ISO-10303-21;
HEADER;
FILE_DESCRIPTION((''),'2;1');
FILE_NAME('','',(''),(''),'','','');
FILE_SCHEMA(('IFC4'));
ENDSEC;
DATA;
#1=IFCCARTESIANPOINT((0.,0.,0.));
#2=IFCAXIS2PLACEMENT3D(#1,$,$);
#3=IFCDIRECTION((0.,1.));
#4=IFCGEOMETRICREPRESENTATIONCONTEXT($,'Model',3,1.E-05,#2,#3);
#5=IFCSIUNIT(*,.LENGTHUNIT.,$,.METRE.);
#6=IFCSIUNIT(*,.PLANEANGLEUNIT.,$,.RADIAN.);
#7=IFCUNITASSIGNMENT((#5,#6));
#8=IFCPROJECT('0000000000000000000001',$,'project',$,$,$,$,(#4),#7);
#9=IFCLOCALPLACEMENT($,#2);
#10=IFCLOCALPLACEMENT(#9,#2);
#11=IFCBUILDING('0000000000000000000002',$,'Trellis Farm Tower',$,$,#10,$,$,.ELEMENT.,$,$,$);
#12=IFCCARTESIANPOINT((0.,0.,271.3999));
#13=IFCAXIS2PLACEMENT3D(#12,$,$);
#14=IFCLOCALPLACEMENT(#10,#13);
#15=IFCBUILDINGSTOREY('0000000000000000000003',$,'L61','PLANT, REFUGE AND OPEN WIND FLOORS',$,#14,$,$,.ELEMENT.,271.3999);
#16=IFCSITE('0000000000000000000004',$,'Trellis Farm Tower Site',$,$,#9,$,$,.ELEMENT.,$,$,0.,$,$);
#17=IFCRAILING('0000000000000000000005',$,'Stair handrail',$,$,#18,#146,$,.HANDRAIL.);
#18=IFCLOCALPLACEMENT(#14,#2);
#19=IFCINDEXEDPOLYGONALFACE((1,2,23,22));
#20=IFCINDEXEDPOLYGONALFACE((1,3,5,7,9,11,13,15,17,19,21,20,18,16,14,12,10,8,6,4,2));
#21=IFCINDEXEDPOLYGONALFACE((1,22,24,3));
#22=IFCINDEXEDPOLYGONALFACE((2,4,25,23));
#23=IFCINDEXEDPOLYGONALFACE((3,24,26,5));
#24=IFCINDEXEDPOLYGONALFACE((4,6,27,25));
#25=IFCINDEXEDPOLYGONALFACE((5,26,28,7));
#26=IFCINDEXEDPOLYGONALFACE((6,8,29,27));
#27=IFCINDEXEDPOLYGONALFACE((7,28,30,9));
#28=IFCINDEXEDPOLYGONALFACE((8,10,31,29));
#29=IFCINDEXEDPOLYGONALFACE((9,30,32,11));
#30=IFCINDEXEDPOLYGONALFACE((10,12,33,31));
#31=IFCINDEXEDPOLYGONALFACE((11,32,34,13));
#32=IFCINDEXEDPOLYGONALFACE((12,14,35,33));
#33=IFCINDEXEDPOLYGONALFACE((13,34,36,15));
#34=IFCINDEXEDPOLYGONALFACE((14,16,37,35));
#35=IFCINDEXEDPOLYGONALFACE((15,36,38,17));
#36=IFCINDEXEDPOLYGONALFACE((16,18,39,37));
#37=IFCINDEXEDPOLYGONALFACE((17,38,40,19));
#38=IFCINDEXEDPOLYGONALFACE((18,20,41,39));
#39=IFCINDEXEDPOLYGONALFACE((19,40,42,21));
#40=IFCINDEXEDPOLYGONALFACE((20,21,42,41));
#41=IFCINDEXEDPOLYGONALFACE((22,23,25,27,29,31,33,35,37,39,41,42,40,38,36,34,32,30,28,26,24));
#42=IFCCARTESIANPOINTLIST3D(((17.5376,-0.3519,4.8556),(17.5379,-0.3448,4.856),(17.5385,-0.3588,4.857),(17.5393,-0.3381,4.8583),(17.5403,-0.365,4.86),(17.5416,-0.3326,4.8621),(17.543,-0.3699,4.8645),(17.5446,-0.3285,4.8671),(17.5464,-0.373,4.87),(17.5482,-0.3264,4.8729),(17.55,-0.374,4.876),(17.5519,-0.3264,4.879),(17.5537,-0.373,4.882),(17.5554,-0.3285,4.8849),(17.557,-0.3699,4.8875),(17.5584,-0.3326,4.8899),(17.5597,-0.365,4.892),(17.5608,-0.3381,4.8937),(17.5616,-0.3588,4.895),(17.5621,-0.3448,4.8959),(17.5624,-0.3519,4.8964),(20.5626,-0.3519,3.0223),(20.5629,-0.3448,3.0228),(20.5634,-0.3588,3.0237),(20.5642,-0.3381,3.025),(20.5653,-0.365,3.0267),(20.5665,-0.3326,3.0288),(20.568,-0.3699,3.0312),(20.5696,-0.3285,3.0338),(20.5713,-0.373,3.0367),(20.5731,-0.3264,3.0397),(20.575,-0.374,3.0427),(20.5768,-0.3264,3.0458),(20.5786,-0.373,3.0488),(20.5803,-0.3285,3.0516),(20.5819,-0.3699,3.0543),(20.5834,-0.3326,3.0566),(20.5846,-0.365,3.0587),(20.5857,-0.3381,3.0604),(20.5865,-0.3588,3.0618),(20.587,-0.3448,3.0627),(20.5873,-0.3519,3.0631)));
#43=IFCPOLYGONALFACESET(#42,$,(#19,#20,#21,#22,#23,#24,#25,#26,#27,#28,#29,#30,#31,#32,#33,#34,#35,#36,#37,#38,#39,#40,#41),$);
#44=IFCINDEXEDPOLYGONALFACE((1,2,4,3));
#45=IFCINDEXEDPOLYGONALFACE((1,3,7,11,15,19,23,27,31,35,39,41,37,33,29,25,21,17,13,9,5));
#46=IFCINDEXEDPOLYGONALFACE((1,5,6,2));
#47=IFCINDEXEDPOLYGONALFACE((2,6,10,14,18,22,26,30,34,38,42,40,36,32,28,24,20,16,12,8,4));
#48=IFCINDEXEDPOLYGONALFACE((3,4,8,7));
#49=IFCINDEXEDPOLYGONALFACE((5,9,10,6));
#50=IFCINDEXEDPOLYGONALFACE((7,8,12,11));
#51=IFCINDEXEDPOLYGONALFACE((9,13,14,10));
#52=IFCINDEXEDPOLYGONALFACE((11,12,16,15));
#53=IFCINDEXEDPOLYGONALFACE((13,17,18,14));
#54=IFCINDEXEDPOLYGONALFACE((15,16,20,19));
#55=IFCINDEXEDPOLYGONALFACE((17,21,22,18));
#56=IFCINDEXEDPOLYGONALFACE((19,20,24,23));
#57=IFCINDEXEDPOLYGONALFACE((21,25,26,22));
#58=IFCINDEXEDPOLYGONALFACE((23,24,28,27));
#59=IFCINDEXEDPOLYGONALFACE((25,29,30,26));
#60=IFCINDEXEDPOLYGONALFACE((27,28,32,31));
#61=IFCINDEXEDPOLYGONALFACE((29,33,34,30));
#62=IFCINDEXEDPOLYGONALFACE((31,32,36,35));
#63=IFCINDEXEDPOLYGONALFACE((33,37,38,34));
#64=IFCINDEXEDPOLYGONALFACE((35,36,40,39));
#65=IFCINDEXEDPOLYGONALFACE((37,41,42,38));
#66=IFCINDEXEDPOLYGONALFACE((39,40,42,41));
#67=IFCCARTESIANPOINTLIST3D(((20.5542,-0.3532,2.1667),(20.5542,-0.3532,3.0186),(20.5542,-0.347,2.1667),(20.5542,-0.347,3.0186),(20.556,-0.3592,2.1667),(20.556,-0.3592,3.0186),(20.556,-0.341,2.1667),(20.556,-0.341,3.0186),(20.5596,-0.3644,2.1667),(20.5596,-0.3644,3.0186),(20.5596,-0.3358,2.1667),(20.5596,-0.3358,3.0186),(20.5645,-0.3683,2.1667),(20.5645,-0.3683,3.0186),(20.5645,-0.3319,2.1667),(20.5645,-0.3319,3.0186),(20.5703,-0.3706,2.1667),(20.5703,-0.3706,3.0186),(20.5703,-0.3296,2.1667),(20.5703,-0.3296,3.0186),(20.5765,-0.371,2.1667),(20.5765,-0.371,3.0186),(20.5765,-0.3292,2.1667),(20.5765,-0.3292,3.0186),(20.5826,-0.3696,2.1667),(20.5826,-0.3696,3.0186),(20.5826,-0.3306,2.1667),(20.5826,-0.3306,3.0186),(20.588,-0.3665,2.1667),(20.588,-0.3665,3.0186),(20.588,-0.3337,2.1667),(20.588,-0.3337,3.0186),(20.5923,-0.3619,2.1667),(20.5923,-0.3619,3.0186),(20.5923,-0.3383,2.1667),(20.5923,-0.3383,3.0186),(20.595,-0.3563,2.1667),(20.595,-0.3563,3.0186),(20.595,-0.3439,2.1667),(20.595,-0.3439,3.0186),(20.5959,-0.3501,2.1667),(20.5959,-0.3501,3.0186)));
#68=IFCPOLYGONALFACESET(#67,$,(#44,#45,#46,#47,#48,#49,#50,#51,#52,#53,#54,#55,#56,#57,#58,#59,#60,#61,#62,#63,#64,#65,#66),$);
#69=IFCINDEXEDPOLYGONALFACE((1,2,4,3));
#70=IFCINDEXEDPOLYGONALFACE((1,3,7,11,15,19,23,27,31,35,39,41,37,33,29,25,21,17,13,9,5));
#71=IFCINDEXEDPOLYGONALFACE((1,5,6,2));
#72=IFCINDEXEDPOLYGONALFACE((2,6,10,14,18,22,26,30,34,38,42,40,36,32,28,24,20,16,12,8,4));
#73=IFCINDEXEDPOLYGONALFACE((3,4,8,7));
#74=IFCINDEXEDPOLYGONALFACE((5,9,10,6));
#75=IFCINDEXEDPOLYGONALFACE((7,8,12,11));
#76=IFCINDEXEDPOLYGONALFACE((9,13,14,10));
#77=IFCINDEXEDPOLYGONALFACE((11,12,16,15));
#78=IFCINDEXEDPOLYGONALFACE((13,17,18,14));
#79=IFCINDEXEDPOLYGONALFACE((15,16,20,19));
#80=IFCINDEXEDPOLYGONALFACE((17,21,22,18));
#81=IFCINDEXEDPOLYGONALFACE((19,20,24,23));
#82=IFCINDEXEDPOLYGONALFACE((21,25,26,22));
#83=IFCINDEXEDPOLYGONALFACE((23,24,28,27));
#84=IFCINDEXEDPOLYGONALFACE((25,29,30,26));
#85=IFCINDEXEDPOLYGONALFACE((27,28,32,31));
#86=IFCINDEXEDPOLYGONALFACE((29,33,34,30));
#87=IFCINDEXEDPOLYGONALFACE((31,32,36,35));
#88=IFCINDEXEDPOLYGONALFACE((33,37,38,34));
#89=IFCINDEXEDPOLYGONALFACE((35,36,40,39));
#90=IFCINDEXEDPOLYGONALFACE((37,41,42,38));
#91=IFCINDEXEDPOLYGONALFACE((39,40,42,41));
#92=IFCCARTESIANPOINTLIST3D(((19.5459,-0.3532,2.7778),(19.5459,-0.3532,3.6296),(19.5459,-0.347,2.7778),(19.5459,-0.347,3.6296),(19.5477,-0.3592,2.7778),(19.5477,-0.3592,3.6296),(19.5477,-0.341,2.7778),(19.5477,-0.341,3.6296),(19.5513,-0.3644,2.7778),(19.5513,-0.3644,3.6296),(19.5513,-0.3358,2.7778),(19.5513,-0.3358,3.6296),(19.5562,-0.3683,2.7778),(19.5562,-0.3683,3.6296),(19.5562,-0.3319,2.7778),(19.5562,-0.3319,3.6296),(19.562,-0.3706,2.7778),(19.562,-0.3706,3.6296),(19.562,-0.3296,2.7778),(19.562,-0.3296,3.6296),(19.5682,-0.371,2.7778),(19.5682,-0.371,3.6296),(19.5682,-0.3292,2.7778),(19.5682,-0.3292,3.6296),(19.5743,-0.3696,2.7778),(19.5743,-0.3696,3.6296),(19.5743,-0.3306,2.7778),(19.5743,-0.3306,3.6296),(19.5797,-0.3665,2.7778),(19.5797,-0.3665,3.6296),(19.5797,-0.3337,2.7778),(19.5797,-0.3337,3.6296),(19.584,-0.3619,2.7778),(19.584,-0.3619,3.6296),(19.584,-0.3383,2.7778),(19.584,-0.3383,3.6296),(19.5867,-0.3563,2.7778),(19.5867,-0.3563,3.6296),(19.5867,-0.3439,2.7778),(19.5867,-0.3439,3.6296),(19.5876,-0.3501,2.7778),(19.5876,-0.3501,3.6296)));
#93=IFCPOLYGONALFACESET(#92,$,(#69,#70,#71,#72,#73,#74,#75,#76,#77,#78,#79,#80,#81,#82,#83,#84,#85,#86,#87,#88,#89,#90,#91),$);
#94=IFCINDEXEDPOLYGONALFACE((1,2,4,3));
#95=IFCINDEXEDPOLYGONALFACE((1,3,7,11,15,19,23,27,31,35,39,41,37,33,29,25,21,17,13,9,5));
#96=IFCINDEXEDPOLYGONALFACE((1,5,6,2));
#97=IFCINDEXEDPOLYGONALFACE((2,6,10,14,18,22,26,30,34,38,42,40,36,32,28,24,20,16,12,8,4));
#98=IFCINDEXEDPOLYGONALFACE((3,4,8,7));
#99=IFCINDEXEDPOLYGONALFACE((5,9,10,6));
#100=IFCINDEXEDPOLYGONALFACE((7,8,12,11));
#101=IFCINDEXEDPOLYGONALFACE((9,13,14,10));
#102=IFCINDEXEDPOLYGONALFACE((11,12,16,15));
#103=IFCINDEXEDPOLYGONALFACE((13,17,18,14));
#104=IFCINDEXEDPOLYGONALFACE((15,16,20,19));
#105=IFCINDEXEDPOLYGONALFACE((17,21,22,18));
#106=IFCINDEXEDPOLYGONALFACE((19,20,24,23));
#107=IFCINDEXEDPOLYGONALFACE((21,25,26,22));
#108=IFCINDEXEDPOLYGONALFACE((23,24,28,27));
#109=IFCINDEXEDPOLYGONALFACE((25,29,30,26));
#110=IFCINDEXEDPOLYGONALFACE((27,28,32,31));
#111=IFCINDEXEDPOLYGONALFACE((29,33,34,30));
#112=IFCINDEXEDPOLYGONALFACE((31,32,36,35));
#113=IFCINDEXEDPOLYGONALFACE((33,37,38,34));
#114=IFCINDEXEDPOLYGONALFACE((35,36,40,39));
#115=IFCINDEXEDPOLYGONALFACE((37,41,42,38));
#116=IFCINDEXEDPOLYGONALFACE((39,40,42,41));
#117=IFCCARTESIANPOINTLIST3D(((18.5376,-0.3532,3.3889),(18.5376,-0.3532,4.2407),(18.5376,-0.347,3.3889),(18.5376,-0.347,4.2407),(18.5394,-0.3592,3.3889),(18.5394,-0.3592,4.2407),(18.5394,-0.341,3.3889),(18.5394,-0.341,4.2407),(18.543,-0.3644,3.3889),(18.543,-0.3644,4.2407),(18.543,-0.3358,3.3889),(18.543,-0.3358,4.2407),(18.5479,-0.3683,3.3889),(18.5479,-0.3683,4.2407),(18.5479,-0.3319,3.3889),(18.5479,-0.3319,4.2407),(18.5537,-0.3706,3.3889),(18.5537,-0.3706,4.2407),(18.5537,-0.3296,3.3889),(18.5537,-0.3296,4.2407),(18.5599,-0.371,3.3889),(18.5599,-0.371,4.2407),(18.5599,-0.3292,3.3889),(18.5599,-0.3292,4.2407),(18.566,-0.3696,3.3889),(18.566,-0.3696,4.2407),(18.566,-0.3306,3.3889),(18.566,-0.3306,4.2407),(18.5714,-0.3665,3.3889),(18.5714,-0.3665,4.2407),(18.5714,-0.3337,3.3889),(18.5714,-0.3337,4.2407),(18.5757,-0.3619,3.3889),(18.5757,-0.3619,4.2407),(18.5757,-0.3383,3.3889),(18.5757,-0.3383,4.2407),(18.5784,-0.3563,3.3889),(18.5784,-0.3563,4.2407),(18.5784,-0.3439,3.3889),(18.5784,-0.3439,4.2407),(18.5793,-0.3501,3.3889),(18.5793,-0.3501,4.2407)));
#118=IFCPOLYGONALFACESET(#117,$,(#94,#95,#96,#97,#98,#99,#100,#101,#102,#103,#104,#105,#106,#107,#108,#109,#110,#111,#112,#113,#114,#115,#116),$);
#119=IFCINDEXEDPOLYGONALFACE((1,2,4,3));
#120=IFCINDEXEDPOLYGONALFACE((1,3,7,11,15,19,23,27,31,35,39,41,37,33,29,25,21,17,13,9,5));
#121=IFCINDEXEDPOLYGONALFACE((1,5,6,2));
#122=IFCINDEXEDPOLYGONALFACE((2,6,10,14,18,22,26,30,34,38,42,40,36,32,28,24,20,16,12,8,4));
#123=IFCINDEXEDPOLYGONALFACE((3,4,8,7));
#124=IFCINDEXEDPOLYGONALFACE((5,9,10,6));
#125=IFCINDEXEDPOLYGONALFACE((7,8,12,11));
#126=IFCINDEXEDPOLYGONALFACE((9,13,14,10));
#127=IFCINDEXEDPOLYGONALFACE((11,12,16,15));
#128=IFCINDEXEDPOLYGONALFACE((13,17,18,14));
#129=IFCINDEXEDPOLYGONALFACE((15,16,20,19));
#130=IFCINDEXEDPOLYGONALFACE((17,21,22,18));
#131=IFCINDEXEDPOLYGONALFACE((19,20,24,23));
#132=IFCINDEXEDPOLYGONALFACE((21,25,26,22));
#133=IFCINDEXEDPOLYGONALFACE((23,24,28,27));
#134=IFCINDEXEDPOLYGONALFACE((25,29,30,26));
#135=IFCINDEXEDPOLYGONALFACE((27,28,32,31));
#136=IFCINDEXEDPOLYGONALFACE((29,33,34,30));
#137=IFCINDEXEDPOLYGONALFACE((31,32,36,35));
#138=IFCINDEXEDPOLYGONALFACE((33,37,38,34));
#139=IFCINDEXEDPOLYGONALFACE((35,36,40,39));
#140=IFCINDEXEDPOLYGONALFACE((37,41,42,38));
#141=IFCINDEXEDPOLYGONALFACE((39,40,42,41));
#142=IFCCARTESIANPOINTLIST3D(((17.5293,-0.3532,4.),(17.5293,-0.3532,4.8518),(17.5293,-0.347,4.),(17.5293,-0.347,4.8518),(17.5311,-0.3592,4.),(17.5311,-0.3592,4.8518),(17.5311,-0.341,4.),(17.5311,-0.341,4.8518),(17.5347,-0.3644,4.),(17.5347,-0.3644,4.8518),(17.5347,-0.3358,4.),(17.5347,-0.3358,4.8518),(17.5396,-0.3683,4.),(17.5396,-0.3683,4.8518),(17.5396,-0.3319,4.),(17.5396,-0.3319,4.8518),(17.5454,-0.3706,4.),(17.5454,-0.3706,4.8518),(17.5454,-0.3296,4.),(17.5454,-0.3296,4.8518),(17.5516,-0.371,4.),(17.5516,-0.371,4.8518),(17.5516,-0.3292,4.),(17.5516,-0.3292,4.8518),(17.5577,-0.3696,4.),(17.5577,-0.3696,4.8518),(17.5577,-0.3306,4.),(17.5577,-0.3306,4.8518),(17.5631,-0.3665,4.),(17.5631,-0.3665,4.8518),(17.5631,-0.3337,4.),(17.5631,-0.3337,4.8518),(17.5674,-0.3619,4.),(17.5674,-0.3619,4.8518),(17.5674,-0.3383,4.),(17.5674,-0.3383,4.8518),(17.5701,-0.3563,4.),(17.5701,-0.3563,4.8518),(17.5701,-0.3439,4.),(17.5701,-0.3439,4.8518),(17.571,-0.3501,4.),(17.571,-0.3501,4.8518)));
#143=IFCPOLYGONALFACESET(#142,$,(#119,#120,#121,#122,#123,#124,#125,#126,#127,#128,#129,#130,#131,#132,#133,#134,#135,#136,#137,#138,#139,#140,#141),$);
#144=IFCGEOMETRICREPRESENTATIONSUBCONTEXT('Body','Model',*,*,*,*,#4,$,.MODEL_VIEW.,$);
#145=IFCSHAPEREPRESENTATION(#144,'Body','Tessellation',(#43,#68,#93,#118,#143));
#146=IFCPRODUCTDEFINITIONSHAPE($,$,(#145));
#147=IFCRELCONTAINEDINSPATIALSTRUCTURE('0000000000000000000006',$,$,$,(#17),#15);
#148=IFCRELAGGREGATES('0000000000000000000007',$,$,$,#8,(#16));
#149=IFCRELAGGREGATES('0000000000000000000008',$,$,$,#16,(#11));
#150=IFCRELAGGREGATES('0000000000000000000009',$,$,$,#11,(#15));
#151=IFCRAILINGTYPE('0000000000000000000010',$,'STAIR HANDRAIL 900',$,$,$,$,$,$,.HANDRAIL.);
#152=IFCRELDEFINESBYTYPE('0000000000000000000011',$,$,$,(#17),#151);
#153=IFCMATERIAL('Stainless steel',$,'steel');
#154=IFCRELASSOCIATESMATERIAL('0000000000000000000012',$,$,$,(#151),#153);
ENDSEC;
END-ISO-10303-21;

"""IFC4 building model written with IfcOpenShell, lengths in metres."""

from ifc_helpers import new_model, si_unit, direction, frame, origin, origin_2d, place, context, subcontext, project, spatial, circle, extrude, source, transform, mapped, material, type_object, element, save


model = new_model("IFC4")

# Units and contexts
model_context = context("Model", 3, precision=1e-05, world=origin(), true_north=direction((0.0, 1.0)))
body_context = subcontext(model_context, "Body", "Model", "MODEL_VIEW")
ifc_project = project(units=[si_unit("LENGTHUNIT", "METRE"), si_unit("PLANEANGLEUNIT", "RADIAN")], contexts=[model_context])

# Site, building, storey
site_placement = place(None, origin())
site = spatial("IfcSite", under=ifc_project, at=site_placement, Name="Trellis Farm Tower Site", CompositionType="ELEMENT", RefElevation=0.0)
building_placement = place(site_placement, origin())
building = spatial("IfcBuilding", under=site, at=building_placement, Name="Trellis Farm Tower", CompositionType="ELEMENT")
storey_placement = place(building_placement, frame((0.0, 0.0, 271.3999)))
storey = spatial("IfcBuildingStorey", under=building, at=storey_placement, Name="L61", Description="PLANT, REFUGE AND OPEN WIND FLOORS", CompositionType="ELEMENT", Elevation=271.3999)

# Railing
ifc_material_1 = material(Name="Stainless steel", Category="steel")
railing_type_1 = type_object("IfcRailingType", Name="STAIR HANDRAIL 900", PredefinedType="HANDRAIL", material=ifc_material_1)
shared_shape_1 = source(origin(), body_context, "Body", "SweptSolid", [
    extrude(circle(Radius=0.0239, at=origin_2d()), frame((0.0, 0.0, 0.876), z_axis=(-0.855201, 0.0, 0.518297), x_axis=(0.0, -1.0, 0.0)), (0.0, 0.0, 1.0), 3.5371),
    extrude(circle(Radius=0.021, at=origin_2d()), origin(), (0.0, 0.0, 1.0), 0.8518),
    extrude(circle(Radius=0.021, at=origin_2d()), frame((-1.0083, 0.0, 0.6111)), (0.0, 0.0, 1.0), 0.8518),
    extrude(circle(Radius=0.021, at=origin_2d()), frame((-2.0166, 0.0, 1.2222)), (0.0, 0.0, 1.0), 0.8518),
    extrude(circle(Radius=0.021, at=origin_2d()), frame((-3.0249, 0.0, 1.8333)), (0.0, 0.0, 1.0), 0.8518),
])
for number, where, name in (
    (1, (20.575, -0.3501, 2.1667), "Stair handrail"),
):
    element("IfcRailing", number, at=place(storey_placement, frame(where)), inside=storey, type_object=railing_type_1, Name=name, PredefinedType="HANDRAIL", context=body_context, shape_type="MappedRepresentation", body=[
        mapped(shared_shape_1, transform((0.0, 0.0, 0.0))),
    ])

save(model, "model.ifc")
